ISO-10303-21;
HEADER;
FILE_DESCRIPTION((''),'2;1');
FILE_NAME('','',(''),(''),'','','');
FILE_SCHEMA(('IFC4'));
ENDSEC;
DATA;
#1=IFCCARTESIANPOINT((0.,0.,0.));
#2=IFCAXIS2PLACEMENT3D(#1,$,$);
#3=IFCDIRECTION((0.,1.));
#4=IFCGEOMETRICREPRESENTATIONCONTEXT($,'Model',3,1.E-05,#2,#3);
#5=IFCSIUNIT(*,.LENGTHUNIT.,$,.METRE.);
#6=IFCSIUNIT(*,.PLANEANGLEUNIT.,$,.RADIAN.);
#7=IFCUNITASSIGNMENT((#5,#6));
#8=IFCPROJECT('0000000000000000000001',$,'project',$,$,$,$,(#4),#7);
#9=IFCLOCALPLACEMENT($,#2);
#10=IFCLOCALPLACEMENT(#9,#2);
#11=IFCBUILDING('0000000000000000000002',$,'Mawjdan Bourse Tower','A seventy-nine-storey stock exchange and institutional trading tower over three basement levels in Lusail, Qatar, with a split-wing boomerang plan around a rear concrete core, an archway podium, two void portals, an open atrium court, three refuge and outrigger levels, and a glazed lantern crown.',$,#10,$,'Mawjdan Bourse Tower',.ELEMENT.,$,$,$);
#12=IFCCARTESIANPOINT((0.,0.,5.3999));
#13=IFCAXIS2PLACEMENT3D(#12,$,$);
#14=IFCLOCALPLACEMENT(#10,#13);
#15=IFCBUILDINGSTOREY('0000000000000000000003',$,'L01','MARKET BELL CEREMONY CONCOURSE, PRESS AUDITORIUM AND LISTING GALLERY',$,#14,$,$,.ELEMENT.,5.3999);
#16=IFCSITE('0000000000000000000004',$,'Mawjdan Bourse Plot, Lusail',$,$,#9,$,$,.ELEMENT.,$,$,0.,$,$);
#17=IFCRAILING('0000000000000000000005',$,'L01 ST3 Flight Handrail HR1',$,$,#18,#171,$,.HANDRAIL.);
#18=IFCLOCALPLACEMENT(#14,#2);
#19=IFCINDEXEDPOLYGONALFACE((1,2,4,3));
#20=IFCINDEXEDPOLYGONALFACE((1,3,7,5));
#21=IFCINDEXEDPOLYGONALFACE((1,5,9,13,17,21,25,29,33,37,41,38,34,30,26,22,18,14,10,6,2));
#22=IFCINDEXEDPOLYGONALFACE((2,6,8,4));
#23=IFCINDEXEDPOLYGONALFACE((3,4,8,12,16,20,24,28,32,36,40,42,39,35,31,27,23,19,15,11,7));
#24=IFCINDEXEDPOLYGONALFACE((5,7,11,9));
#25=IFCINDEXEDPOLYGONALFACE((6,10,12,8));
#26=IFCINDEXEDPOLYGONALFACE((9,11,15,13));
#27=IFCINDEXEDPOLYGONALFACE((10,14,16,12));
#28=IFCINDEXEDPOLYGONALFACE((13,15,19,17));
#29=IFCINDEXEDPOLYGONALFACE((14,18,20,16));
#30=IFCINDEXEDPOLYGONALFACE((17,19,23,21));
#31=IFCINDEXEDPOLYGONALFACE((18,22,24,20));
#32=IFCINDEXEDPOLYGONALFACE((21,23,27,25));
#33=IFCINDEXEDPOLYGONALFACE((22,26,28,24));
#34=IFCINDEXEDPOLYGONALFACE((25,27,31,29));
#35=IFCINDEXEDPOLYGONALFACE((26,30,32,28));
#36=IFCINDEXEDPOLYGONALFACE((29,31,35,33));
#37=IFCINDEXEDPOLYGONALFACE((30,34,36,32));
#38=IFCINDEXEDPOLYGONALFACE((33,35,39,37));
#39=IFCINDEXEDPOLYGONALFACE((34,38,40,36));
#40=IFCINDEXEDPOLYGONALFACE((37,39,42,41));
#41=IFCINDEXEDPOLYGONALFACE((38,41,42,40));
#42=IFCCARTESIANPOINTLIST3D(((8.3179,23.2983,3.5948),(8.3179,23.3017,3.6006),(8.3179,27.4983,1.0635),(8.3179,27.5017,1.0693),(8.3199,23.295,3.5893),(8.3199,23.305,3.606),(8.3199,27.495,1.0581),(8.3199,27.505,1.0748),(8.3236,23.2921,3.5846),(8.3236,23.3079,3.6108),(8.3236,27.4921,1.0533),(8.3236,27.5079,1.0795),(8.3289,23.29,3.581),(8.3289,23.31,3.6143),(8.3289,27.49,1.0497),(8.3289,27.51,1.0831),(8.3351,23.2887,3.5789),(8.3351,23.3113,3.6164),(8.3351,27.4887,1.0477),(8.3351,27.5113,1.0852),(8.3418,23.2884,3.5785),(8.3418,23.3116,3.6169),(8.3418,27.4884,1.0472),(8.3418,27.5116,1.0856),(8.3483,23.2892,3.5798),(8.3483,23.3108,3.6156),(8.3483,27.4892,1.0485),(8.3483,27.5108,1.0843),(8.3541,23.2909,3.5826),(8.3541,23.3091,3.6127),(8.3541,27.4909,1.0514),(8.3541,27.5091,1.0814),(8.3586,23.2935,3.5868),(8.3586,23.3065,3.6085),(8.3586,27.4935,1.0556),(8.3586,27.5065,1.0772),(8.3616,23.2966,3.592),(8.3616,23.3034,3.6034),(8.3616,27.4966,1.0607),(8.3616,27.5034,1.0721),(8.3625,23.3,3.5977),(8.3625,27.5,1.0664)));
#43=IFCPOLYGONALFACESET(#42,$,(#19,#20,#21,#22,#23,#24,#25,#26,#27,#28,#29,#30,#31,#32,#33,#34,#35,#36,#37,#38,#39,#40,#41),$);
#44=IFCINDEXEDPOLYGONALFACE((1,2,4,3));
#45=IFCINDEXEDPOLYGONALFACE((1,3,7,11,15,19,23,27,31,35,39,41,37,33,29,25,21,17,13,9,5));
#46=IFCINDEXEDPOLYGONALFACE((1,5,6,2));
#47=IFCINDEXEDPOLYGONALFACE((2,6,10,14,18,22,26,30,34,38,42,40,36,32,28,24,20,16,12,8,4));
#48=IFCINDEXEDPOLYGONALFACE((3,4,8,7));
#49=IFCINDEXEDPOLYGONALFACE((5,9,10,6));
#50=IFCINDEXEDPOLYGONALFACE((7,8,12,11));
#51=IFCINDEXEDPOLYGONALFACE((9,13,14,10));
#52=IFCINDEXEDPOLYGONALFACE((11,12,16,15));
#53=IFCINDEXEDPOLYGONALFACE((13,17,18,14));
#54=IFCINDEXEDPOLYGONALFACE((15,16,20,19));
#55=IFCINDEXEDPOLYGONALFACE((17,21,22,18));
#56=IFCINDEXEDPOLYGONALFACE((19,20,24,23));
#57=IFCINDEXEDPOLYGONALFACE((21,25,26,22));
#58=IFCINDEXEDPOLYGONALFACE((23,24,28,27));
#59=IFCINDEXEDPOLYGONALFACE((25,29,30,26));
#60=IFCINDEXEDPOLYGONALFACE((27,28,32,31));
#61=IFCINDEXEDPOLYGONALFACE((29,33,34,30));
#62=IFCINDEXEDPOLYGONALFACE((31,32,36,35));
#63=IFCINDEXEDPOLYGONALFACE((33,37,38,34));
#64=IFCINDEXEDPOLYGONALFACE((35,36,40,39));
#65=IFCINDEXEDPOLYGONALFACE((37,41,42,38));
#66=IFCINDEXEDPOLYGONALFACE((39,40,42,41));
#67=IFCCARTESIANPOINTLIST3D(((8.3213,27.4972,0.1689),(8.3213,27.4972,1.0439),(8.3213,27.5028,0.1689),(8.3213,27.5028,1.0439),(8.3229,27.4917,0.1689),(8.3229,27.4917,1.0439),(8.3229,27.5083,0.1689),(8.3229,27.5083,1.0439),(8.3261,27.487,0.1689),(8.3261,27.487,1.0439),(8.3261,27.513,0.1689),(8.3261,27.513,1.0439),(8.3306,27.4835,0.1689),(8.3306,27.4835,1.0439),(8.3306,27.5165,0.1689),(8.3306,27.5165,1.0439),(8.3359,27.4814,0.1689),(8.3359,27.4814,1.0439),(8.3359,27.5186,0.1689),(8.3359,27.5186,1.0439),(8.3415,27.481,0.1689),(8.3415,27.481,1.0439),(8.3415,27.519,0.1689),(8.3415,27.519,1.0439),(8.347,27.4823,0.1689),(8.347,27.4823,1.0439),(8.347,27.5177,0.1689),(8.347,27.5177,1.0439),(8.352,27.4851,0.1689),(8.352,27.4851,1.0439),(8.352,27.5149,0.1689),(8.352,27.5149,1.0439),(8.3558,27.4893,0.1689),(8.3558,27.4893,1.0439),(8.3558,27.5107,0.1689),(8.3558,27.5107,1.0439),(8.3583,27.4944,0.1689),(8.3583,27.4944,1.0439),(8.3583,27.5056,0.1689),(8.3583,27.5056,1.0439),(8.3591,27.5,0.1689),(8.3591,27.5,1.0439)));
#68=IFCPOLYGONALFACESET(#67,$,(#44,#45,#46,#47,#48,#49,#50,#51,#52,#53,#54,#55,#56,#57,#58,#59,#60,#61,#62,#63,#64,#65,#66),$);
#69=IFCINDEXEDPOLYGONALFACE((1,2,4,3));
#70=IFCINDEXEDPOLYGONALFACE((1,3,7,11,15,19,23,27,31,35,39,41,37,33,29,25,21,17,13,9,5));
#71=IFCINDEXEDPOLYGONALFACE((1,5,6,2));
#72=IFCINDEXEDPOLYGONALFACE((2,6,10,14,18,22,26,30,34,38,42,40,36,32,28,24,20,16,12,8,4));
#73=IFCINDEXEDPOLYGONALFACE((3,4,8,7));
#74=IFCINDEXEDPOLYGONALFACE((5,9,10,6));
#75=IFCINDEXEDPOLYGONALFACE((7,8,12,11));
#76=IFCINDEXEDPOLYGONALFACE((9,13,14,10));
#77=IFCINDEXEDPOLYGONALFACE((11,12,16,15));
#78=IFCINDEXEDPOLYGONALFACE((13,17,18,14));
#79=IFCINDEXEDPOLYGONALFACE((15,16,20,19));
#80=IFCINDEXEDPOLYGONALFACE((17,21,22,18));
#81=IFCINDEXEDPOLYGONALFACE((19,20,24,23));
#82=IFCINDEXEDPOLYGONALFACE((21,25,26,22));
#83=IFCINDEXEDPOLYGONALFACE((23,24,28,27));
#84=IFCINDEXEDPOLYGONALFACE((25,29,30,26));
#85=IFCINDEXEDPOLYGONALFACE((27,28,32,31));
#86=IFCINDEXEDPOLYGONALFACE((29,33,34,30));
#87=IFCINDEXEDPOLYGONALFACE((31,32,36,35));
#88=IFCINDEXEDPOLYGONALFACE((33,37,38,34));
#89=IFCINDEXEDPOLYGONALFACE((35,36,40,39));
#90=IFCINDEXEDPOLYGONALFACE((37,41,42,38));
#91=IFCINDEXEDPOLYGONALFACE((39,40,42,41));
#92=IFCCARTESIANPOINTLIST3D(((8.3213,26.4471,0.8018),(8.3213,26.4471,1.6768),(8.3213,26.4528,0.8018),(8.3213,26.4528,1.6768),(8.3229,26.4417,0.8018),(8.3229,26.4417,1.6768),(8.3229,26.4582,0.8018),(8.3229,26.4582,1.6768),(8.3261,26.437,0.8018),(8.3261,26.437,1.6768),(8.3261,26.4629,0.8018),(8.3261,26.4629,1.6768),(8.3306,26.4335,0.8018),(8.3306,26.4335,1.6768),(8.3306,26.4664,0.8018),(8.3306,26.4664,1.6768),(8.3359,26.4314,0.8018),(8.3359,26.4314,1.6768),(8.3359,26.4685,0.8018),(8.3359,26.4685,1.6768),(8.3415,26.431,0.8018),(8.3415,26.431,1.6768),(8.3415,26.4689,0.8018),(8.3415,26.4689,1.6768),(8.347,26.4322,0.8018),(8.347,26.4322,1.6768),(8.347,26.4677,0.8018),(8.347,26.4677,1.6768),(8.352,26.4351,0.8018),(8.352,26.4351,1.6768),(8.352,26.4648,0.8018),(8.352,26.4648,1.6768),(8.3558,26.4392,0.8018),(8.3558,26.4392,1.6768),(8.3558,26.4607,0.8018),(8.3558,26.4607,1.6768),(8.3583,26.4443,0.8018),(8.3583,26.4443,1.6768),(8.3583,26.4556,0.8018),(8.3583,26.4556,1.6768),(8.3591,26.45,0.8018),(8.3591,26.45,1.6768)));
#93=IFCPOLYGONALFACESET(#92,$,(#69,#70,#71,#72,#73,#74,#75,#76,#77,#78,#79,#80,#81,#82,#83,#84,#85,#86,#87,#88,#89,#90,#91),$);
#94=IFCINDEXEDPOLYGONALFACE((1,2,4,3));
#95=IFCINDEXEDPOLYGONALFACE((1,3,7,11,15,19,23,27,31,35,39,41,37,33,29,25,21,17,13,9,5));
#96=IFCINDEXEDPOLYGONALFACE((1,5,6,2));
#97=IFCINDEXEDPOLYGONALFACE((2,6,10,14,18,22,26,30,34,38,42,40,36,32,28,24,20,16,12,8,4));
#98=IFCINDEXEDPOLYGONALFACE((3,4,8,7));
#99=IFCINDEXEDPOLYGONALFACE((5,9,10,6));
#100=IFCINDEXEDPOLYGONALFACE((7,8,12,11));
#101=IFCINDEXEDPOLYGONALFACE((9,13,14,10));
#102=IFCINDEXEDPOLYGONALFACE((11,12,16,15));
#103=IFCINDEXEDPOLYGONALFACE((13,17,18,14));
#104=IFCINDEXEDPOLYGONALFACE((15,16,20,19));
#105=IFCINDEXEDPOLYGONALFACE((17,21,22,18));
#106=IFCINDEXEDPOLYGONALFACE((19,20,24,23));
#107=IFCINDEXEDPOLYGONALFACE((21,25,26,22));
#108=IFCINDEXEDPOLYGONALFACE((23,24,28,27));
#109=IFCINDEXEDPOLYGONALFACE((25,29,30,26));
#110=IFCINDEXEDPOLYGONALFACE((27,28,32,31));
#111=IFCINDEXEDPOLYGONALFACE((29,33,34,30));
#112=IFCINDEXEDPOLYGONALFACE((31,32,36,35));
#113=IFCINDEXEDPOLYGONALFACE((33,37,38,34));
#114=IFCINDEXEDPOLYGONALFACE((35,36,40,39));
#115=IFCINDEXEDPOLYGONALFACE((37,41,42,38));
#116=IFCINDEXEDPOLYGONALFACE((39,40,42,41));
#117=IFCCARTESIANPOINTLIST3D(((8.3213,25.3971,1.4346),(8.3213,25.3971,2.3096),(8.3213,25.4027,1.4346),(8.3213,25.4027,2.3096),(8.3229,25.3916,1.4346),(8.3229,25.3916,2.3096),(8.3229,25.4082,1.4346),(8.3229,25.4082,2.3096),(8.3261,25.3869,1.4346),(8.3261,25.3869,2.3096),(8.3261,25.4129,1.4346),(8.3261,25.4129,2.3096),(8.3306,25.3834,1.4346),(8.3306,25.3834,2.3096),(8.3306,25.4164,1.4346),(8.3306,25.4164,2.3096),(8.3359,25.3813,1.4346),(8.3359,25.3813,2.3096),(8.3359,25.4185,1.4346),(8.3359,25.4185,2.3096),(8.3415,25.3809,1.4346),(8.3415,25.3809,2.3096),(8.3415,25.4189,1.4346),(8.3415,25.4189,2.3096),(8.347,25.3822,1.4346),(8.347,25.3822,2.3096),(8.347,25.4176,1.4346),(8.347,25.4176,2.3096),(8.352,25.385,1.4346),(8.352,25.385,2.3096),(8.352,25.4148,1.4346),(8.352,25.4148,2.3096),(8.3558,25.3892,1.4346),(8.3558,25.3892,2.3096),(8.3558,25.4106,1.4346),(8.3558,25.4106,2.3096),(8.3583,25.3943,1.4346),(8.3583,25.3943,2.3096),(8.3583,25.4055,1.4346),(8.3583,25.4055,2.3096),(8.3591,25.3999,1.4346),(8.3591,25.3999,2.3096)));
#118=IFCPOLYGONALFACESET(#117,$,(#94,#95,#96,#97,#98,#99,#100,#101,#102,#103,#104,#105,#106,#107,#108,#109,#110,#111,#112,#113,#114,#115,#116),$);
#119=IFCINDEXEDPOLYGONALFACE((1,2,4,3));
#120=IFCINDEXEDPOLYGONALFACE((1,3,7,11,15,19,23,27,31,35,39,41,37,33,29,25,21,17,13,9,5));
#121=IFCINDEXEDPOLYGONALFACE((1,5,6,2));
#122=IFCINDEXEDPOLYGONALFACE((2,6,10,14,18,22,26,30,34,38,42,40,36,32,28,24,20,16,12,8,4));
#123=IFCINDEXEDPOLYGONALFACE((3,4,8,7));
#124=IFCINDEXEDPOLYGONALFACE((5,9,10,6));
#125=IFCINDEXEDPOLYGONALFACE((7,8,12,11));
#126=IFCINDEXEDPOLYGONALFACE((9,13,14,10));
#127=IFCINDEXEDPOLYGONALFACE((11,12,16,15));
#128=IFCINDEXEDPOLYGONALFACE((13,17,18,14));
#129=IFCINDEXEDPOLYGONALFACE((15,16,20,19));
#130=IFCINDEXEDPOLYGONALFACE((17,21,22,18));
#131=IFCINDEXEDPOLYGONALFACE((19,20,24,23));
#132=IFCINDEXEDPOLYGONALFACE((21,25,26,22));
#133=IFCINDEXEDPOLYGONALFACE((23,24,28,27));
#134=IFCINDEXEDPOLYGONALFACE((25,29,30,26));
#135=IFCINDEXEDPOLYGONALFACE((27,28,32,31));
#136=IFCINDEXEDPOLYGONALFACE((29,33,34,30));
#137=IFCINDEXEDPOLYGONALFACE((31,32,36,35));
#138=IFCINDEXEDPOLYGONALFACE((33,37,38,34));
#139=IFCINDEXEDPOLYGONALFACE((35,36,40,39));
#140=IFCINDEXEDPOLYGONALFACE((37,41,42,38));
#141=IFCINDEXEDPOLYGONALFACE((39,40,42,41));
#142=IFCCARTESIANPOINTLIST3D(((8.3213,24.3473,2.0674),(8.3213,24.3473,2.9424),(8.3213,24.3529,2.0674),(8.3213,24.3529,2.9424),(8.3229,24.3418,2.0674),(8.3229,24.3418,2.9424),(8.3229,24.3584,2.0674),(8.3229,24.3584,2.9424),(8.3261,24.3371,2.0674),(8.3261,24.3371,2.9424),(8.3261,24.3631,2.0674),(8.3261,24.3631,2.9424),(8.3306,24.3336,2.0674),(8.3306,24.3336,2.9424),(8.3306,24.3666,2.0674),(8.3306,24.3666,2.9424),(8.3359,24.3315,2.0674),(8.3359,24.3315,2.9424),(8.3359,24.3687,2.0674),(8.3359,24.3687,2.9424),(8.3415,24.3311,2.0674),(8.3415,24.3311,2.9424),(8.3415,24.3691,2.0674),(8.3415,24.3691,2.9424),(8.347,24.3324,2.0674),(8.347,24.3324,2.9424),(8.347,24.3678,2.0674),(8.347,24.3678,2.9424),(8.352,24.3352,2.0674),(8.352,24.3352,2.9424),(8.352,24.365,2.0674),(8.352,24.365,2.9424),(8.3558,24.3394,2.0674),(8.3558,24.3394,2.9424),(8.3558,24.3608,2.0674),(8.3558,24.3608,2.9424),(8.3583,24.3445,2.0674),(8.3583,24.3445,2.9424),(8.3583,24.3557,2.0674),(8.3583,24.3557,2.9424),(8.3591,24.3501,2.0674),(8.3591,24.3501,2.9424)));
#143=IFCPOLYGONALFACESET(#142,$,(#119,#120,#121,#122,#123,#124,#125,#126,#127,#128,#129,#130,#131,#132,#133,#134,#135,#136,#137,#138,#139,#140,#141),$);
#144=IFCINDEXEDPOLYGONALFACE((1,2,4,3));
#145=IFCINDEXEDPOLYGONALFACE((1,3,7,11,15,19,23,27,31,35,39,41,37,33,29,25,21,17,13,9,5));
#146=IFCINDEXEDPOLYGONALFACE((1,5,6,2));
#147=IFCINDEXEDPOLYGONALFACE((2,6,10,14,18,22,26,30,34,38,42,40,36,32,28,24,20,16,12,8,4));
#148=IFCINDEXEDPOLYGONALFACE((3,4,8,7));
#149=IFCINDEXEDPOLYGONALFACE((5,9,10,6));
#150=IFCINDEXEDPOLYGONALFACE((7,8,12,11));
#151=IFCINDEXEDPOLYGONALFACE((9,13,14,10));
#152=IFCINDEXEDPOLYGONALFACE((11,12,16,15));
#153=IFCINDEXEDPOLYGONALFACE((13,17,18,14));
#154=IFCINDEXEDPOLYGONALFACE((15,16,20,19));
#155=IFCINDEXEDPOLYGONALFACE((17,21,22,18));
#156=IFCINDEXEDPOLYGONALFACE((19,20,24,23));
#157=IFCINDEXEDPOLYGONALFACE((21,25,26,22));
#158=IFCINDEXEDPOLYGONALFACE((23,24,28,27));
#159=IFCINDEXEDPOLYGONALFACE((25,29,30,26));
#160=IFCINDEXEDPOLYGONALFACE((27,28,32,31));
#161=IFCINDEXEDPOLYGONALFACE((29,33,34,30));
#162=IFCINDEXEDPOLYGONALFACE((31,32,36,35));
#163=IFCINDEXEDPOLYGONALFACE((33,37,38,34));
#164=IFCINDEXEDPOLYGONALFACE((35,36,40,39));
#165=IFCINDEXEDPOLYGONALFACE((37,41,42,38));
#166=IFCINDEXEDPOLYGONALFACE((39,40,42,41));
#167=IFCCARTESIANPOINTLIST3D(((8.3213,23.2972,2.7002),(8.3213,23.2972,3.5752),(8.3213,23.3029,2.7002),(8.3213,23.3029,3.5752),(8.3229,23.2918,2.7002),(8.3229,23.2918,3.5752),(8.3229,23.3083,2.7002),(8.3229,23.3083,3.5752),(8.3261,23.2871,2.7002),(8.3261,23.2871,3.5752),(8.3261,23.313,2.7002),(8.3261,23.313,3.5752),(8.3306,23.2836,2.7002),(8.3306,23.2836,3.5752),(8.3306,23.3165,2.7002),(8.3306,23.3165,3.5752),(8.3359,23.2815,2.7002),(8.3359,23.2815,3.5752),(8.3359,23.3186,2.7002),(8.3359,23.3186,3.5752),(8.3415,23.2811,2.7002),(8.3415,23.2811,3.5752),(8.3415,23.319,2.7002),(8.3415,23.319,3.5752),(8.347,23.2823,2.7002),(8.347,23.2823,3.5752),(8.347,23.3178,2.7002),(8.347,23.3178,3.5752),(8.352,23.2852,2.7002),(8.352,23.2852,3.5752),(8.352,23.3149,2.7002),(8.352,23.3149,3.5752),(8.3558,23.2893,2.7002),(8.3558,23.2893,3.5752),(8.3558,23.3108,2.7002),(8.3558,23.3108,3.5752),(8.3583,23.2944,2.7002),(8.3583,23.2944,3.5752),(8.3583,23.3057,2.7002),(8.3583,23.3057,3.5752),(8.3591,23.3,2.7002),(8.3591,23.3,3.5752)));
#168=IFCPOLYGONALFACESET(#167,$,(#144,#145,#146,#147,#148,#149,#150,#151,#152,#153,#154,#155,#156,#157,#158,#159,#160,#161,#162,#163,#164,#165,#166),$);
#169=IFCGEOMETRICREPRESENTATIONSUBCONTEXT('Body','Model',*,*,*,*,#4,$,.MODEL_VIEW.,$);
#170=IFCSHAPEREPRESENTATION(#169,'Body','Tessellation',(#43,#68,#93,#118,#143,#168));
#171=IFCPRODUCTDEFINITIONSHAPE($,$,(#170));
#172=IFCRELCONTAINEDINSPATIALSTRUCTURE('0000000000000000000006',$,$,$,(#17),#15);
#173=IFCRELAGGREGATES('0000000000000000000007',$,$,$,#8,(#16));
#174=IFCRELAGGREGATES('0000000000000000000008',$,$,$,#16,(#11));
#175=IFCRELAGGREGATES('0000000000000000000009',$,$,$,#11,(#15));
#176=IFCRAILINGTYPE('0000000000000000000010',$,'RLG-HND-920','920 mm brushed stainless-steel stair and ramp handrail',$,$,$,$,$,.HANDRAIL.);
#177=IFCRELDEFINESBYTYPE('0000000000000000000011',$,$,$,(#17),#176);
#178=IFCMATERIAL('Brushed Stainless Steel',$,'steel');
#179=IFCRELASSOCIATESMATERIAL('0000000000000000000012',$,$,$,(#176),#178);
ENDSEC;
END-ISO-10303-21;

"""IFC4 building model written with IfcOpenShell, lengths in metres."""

from ifc_helpers import new_model, si_unit, direction, frame, origin, origin_2d, place, context, subcontext, project, spatial, circle, extrude, material, type_object, element, save


model = new_model("IFC4")

# Units and contexts
model_context = context("Model", 3, precision=1e-05, world=origin(), true_north=direction((0.0, 1.0)))
body_context = subcontext(model_context, "Body", "Model", "MODEL_VIEW")
ifc_project = project(units=[si_unit("LENGTHUNIT", "METRE"), si_unit("PLANEANGLEUNIT", "RADIAN")], contexts=[model_context])

# Site, building, storey
site_placement = place(None, origin())
site = spatial("IfcSite", under=ifc_project, at=site_placement, Name="Mawjdan Bourse Plot, Lusail", CompositionType="ELEMENT", RefElevation=0.0)
building_placement = place(site_placement, origin())
building = spatial("IfcBuilding", under=site, at=building_placement, Name="Mawjdan Bourse Tower", Description="A seventy-nine-storey stock exchange and institutional trading tower over three basement levels in Lusail, Qatar, with a split-wing boomerang plan around a rear concrete core, an archway podium, two void portals, an open atrium court, three refuge and outrigger levels, and a glazed lantern crown.", LongName="Mawjdan Bourse Tower", CompositionType="ELEMENT")
storey_placement = place(building_placement, frame((0.0, 0.0, 5.3999)))
storey = spatial("IfcBuildingStorey", under=building, at=storey_placement, Name="L01", Description="MARKET BELL CEREMONY CONCOURSE, PRESS AUDITORIUM AND LISTING GALLERY", CompositionType="ELEMENT", Elevation=5.3999)

# Railing
ifc_material_1 = material(Name="Brushed Stainless Steel", Category="steel")
railing_type_1 = type_object("IfcRailingType", Name="RLG-HND-920", Description="920 mm brushed stainless-steel stair and ramp handrail", PredefinedType="HANDRAIL", material=ifc_material_1)
for number, where, name in (
    (1, (8.3401, 27.5, 0.1689), "L01 ST3 Flight Handrail HR1"),
):
    element("IfcRailing", number, at=place(storey_placement, frame(where)), inside=storey, type_object=railing_type_1, Name=name, PredefinedType="HANDRAIL", context=body_context, shape_type="SweptSolid", body=[
        extrude(circle(Radius=0.0225, at=origin_2d()), frame((0.0, 0.0, 0.8975), z_axis=(0.0, -0.856476, 0.516186), x_axis=(1.0, 0.0, 0.0)), (0.0, 0.0, 1.0), 4.9038),
        extrude(circle(Radius=0.019, at=origin_2d()), origin(), (0.0, 0.0, 1.0), 0.875),
        extrude(circle(Radius=0.019, at=origin_2d()), frame((0.0, -1.05, 0.6328)), (0.0, 0.0, 1.0), 0.875),
        extrude(circle(Radius=0.019, at=origin_2d()), frame((0.0, -2.1001, 1.2656)), (0.0, 0.0, 1.0), 0.875),
        extrude(circle(Radius=0.019, at=origin_2d()), frame((0.0, -3.1499, 1.8984)), (0.0, 0.0, 1.0), 0.875),
        extrude(circle(Radius=0.019, at=origin_2d()), frame((0.0, -4.2, 2.5312)), (0.0, 0.0, 1.0), 0.875),
    ])

save(model, "model.ifc")
